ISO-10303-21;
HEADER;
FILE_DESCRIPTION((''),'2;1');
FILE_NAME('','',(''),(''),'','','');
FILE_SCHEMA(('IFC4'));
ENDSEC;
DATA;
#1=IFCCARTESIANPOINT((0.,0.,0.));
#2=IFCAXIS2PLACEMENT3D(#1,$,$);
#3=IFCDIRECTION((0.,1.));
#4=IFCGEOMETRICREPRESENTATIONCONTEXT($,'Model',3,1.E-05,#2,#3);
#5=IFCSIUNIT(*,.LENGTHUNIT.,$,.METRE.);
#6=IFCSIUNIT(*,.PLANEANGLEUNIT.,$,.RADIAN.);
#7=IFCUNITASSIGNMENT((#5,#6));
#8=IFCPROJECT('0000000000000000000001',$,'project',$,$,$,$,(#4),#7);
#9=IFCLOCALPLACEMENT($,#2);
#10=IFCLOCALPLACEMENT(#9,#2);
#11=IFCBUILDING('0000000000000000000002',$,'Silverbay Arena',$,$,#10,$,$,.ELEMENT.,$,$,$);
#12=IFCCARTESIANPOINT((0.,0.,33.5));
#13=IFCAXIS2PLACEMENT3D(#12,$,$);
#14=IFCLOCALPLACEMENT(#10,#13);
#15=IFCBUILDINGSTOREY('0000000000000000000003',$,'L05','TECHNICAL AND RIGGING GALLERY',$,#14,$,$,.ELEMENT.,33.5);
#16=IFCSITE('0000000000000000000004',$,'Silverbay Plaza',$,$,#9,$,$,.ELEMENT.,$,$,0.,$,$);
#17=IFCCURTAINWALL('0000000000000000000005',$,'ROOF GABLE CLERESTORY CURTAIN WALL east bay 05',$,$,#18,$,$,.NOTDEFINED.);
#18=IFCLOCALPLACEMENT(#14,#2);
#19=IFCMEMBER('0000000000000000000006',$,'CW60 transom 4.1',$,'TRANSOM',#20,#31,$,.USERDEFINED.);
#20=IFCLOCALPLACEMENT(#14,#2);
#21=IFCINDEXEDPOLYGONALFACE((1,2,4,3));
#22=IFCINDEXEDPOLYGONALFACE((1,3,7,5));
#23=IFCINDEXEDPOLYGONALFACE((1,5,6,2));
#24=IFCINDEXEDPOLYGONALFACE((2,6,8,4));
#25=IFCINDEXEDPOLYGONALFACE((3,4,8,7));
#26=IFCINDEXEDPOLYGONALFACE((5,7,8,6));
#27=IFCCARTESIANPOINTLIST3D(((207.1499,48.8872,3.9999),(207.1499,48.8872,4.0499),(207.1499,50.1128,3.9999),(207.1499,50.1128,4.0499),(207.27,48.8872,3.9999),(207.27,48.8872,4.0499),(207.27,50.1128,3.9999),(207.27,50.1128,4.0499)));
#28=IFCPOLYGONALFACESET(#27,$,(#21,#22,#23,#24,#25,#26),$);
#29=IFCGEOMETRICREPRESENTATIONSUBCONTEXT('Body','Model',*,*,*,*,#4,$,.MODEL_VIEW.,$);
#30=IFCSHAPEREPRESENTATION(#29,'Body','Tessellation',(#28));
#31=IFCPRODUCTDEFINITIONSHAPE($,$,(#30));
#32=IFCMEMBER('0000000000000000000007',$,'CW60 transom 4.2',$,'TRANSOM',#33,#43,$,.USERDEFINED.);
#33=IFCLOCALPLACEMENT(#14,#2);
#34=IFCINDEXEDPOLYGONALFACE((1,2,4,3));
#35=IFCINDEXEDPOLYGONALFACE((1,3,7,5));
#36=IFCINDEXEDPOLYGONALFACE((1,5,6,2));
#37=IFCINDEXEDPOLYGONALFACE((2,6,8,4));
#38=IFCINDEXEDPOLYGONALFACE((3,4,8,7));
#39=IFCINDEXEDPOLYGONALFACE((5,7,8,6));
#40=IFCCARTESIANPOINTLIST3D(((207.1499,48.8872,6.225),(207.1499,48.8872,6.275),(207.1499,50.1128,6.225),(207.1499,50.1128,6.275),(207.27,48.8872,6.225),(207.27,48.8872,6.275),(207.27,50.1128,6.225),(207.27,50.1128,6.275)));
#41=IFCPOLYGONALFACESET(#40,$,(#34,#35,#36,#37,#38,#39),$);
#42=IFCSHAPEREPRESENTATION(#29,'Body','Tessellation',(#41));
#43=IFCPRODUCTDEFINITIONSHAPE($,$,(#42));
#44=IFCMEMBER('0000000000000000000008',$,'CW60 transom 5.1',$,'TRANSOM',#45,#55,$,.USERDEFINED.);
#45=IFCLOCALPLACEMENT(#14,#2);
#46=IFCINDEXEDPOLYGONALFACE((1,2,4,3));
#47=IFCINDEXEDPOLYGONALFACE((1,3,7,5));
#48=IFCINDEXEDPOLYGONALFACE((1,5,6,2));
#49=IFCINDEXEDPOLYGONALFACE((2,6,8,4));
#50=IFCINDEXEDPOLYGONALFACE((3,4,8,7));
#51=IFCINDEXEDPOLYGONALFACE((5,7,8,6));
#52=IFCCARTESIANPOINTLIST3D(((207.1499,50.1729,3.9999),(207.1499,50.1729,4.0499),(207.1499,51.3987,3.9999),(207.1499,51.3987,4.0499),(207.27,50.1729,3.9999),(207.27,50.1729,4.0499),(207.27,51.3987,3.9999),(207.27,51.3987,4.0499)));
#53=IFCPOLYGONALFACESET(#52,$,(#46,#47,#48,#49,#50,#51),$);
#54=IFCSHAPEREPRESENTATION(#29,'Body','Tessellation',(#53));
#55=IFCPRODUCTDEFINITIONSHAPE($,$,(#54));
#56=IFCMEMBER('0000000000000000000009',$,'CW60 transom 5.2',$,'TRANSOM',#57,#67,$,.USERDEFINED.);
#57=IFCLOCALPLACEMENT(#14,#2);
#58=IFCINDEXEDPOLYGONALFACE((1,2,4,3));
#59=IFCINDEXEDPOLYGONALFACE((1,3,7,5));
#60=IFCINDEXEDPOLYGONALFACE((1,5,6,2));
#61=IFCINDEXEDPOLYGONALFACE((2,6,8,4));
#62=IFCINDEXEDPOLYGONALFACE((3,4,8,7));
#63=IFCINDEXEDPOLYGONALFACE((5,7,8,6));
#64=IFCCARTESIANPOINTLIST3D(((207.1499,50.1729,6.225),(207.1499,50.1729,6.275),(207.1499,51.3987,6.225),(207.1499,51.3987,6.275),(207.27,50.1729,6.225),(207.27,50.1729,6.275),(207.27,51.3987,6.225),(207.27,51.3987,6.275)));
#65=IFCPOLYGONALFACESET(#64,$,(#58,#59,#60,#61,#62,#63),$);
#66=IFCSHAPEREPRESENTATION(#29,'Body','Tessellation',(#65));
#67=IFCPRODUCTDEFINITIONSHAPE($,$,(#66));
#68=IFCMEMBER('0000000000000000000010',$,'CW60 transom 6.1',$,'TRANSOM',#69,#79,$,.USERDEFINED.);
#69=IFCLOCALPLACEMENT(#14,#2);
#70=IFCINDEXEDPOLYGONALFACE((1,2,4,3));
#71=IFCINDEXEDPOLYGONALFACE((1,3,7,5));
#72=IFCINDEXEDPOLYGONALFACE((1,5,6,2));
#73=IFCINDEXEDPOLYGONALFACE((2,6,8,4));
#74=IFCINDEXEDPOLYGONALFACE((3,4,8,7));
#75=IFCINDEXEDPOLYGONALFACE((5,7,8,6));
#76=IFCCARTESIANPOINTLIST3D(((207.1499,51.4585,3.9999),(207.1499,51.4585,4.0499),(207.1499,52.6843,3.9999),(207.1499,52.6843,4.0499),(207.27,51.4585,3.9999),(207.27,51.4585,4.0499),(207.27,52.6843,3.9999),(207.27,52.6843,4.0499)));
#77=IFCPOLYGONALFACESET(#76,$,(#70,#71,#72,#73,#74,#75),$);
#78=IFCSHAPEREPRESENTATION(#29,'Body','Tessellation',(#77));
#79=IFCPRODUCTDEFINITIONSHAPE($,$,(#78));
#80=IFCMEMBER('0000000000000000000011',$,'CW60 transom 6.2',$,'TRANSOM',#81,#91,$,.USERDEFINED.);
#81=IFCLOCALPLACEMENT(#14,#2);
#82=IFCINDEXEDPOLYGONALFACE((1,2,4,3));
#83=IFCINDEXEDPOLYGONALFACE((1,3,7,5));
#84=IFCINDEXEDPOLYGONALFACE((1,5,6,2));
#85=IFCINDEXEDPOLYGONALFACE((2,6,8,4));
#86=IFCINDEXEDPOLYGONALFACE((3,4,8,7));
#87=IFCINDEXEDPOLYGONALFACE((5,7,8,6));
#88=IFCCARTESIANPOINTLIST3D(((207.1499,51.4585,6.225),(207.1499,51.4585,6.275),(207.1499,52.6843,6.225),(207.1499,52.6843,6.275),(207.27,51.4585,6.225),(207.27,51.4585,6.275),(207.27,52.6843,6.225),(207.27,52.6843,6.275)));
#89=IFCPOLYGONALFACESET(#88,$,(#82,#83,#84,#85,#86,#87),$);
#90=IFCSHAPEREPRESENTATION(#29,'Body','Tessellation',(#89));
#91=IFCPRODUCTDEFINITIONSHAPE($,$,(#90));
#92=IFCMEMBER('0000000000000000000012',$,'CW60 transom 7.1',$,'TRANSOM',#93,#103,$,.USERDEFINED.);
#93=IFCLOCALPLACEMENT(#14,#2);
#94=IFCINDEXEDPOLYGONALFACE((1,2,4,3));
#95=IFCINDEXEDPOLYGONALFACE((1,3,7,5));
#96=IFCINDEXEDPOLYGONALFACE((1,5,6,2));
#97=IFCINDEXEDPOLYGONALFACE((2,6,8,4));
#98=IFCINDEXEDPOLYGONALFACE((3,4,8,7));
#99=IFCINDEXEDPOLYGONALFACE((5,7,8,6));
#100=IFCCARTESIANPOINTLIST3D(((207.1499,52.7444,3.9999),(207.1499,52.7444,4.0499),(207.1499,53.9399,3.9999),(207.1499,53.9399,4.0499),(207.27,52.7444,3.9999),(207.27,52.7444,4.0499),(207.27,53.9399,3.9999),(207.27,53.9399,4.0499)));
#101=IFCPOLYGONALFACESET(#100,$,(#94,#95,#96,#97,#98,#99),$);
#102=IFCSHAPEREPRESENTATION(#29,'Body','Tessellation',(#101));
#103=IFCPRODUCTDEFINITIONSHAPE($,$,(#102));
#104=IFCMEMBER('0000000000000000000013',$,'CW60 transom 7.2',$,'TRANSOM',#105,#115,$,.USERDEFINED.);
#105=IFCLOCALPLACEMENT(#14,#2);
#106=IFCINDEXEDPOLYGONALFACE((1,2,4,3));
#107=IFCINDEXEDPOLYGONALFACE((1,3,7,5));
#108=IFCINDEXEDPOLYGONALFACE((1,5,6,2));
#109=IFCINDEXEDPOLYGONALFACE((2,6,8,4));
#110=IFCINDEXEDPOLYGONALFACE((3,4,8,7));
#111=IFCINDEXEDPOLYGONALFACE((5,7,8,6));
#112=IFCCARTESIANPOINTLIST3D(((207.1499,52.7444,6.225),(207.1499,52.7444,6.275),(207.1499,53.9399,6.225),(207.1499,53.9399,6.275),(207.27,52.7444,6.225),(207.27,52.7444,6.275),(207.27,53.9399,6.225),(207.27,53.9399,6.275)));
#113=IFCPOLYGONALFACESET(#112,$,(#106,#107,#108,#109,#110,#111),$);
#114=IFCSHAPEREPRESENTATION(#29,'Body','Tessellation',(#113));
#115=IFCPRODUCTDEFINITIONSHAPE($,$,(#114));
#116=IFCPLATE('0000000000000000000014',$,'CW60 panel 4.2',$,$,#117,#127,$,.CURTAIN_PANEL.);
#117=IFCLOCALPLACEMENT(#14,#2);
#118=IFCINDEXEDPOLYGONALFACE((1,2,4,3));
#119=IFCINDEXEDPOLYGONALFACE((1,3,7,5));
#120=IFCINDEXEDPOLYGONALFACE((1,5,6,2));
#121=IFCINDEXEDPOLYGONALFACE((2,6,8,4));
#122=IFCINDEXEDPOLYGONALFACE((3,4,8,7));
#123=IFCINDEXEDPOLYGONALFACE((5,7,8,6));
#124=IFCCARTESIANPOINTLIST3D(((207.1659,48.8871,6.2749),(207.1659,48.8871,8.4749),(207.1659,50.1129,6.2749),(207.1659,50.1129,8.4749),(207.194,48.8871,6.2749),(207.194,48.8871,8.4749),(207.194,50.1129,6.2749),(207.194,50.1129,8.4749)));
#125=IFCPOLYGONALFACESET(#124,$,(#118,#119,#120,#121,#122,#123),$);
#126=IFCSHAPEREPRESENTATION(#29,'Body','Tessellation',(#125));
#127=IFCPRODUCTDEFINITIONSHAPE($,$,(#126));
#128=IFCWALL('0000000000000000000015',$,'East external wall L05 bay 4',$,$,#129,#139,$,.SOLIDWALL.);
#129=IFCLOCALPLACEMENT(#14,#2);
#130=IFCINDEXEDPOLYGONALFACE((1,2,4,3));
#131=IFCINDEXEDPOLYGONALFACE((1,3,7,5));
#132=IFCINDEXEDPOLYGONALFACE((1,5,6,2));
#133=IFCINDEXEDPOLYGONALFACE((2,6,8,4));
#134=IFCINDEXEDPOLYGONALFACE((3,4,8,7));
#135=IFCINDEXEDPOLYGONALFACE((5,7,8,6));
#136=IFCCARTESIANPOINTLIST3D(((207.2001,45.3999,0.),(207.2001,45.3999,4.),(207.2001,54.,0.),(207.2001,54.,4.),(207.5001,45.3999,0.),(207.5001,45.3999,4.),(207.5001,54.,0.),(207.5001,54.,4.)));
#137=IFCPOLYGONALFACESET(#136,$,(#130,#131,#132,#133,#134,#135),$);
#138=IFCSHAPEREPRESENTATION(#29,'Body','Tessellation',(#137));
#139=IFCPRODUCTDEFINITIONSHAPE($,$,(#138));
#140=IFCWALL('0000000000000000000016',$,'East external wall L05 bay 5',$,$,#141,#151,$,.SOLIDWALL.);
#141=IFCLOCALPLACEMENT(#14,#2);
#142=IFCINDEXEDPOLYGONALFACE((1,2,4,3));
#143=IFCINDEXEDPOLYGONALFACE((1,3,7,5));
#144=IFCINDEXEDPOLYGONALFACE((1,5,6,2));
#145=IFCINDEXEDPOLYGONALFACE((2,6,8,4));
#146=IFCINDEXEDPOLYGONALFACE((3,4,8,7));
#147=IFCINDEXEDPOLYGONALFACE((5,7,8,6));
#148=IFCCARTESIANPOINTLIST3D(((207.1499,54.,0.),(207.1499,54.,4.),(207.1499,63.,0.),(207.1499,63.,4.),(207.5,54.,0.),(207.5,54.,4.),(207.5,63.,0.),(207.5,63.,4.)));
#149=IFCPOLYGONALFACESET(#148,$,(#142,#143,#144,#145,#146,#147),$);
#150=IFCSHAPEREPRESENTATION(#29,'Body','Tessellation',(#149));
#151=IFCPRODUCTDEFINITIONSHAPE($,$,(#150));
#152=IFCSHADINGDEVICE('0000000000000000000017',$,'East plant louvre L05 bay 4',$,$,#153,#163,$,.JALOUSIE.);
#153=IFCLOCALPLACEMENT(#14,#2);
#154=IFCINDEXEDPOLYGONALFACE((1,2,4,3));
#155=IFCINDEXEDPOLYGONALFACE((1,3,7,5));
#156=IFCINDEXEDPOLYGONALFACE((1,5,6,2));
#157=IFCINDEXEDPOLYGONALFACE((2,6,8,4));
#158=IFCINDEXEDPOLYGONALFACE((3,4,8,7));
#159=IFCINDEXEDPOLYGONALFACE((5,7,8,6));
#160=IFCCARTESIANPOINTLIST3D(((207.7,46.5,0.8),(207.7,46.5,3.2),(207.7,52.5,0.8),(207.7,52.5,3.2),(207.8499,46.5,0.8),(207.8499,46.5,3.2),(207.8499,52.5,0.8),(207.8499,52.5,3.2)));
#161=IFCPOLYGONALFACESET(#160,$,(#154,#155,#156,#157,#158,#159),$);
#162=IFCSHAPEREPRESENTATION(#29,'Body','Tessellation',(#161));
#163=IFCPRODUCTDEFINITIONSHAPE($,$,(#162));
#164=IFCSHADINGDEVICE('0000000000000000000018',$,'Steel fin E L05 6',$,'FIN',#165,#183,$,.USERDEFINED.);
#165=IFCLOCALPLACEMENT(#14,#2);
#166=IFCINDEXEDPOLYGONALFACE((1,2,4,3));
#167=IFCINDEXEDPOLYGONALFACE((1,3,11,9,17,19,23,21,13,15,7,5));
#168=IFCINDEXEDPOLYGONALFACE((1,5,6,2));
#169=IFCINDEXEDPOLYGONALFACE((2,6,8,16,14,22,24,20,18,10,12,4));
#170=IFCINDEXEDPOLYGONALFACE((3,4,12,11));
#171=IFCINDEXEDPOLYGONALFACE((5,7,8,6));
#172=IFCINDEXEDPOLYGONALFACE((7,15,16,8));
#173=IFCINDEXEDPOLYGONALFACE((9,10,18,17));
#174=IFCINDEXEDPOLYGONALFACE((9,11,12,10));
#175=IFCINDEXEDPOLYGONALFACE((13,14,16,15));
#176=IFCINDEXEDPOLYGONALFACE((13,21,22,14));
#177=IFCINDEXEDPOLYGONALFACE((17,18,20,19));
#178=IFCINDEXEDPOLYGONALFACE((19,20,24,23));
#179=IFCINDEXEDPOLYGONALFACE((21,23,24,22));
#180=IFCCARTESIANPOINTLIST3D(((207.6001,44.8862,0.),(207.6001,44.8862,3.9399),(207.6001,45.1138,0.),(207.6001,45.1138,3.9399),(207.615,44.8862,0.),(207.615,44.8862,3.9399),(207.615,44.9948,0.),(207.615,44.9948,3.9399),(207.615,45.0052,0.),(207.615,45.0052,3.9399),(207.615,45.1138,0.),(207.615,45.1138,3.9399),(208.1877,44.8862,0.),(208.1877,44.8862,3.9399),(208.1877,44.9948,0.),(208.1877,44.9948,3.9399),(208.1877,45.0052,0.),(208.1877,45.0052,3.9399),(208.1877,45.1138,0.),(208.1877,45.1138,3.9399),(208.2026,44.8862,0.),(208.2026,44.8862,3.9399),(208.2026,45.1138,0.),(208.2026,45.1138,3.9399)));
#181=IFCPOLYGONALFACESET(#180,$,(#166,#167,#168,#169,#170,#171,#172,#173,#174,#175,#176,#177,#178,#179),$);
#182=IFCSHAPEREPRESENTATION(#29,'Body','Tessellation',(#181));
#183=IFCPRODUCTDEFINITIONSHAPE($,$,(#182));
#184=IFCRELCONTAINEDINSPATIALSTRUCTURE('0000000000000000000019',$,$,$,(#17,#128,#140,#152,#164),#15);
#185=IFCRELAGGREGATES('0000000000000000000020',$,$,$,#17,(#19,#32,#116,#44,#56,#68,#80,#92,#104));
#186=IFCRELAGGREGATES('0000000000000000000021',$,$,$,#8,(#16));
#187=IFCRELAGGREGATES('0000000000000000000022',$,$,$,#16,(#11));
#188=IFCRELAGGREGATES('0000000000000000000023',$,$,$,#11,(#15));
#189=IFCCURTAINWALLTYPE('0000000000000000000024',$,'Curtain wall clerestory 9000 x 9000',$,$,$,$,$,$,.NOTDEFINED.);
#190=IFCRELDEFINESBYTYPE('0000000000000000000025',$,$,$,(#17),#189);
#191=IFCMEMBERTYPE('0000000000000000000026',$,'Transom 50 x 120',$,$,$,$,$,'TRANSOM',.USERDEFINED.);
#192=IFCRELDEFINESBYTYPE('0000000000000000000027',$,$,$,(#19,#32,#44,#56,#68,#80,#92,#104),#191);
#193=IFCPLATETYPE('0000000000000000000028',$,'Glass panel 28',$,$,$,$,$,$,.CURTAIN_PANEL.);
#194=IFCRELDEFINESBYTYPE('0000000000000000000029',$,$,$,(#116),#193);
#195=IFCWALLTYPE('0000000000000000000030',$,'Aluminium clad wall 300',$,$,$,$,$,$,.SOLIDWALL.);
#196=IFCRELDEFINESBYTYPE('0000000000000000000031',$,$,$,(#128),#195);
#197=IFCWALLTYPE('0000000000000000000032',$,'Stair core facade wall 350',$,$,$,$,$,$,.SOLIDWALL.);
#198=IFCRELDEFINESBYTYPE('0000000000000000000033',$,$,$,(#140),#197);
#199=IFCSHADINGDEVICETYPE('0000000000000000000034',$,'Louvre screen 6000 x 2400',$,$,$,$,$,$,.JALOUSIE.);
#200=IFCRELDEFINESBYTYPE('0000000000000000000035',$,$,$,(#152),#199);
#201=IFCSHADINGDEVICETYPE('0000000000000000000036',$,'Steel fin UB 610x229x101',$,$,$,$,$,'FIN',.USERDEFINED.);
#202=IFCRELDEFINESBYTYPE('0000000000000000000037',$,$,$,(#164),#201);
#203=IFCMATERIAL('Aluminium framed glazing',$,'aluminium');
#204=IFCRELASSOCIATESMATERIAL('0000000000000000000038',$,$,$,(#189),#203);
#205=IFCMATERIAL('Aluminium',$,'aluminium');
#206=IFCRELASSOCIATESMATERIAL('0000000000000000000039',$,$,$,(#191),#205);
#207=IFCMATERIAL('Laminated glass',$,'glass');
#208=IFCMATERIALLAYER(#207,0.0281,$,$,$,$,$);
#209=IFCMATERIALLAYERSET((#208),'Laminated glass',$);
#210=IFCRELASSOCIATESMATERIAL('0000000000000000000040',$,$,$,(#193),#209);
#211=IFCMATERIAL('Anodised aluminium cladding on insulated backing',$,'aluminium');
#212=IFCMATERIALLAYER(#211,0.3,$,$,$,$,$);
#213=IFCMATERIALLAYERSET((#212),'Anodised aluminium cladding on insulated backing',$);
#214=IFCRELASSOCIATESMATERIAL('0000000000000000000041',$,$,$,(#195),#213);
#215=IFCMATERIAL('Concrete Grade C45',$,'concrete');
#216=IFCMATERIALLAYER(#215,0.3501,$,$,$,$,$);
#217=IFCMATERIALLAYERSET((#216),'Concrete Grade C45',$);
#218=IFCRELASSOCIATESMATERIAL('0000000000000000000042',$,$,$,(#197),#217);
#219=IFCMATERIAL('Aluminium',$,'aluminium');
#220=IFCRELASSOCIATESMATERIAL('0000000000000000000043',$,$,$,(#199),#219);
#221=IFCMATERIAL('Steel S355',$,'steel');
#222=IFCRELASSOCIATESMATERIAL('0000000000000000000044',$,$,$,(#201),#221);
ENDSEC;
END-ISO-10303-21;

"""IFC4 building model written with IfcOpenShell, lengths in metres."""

from ifc_helpers import new_model, si_unit, direction, frame, frame_2d, origin, origin_2d, place, context, subcontext, project, spatial, rectangle, i_section, extrude, material, layer, layer_set, material_profile, profile_set, type_object, element, aggregate, save


model = new_model("IFC4")

# Units and contexts
model_context = context("Model", 3, precision=1e-05, world=origin(), true_north=direction((0.0, 1.0)))
body_context = subcontext(model_context, "Body", "Model", "MODEL_VIEW")
ifc_project = project(units=[si_unit("LENGTHUNIT", "METRE"), si_unit("PLANEANGLEUNIT", "RADIAN")], contexts=[model_context])

# Site, building, storey
site_placement = place(None, origin())
site = spatial("IfcSite", under=ifc_project, at=site_placement, Name="Silverbay Plaza", CompositionType="ELEMENT", RefElevation=0.0)
building_placement = place(site_placement, origin())
building = spatial("IfcBuilding", under=site, at=building_placement, Name="Silverbay Arena", CompositionType="ELEMENT")
storey_placement = place(building_placement, frame((0.0, 0.0, 33.5)))
storey = spatial("IfcBuildingStorey", under=building, at=storey_placement, Name="L05", Description="TECHNICAL AND RIGGING GALLERY", CompositionType="ELEMENT", Elevation=33.5)

# Curtain wall
ifc_material_1 = material(Name="Aluminium framed glazing", Category="aluminium")
curtain_wall_type = type_object("IfcCurtainWallType", Name="Curtain wall clerestory 9000 x 9000", PredefinedType="NOTDEFINED", material=ifc_material_1)
curtain_wall_1_placement = place(storey_placement, origin())
curtain_wall_1 = element("IfcCurtainWall", 1, at=curtain_wall_1_placement, inside=storey, type_object=curtain_wall_type, Name="ROOF GABLE CLERESTORY CURTAIN WALL east bay 05", PredefinedType="NOTDEFINED")

# Members
ifc_material_2 = material(Name="Aluminium", Category="aluminium")
ifc_material_profile_1 = material_profile(ifc_material_2, rectangle(XDim=0.1201, YDim=0.05, at=origin_2d()), Name="Transom 50 x 120")
ifc_profile_set_1 = profile_set([ifc_material_profile_1], Name="Aluminium")
member_type_1 = type_object("IfcMemberType", Name="Transom 50 x 120", ElementType="TRANSOM", PredefinedType="USERDEFINED", material=ifc_profile_set_1)
member_1_placement = place(storey_placement, frame((207.21, 48.8872, 4.0249), z_axis=(0.0, 1.0, 0.0), x_axis=(-1.0, 0.0, 0.0)))
member_1 = element("IfcMember", 2, at=member_1_placement, type_object=member_type_1, Name="CW60 transom 4.1", ObjectType="TRANSOM", PredefinedType="USERDEFINED", context=body_context, shape_type="SweptSolid", body=[
    extrude(rectangle(XDim=0.1201, YDim=0.05, at=origin_2d()), origin(), (0.0, 0.0, 1.0), 1.2256),
])
member_2_placement = place(storey_placement, frame((207.21, 48.8872, 6.25), z_axis=(0.0, 1.0, 0.0), x_axis=(-1.0, 0.0, 0.0)))
member_2 = element("IfcMember", 3, at=member_2_placement, type_object=member_type_1, Name="CW60 transom 4.2", ObjectType="TRANSOM", PredefinedType="USERDEFINED", context=body_context, shape_type="SweptSolid", body=[
    extrude(rectangle(XDim=0.1201, YDim=0.05, at=origin_2d()), origin(), (0.0, 0.0, 1.0), 1.2256),
])
member_3_placement = place(storey_placement, frame((207.21, 50.1729, 4.0249), z_axis=(0.0, 1.0, 0.0), x_axis=(-1.0, 0.0, 0.0)))
member_3 = element("IfcMember", 4, at=member_3_placement, type_object=member_type_1, Name="CW60 transom 5.1", ObjectType="TRANSOM", PredefinedType="USERDEFINED", context=body_context, shape_type="SweptSolid", body=[
    extrude(rectangle(XDim=0.1201, YDim=0.05, at=origin_2d()), origin(), (0.0, 0.0, 1.0), 1.2258),
])
member_4_placement = place(storey_placement, frame((207.21, 50.1729, 6.25), z_axis=(0.0, 1.0, 0.0), x_axis=(-1.0, 0.0, 0.0)))
member_4 = element("IfcMember", 5, at=member_4_placement, type_object=member_type_1, Name="CW60 transom 5.2", ObjectType="TRANSOM", PredefinedType="USERDEFINED", context=body_context, shape_type="SweptSolid", body=[
    extrude(rectangle(XDim=0.1201, YDim=0.05, at=origin_2d()), origin(), (0.0, 0.0, 1.0), 1.2258),
])
member_5_placement = place(storey_placement, frame((207.21, 51.4585, 4.0249), z_axis=(0.0, 1.0, 0.0), x_axis=(-1.0, 0.0, 0.0)))
member_5 = element("IfcMember", 6, at=member_5_placement, type_object=member_type_1, Name="CW60 transom 6.1", ObjectType="TRANSOM", PredefinedType="USERDEFINED", context=body_context, shape_type="SweptSolid", body=[
    extrude(rectangle(XDim=0.1201, YDim=0.05, at=origin_2d()), origin(), (0.0, 0.0, 1.0), 1.2258),
])
member_6_placement = place(storey_placement, frame((207.21, 51.4585, 6.25), z_axis=(0.0, 1.0, 0.0), x_axis=(-1.0, 0.0, 0.0)))
member_6 = element("IfcMember", 7, at=member_6_placement, type_object=member_type_1, Name="CW60 transom 6.2", ObjectType="TRANSOM", PredefinedType="USERDEFINED", context=body_context, shape_type="SweptSolid", body=[
    extrude(rectangle(XDim=0.1201, YDim=0.05, at=origin_2d()), origin(), (0.0, 0.0, 1.0), 1.2258),
])
member_7_placement = place(storey_placement, frame((207.21, 52.7444, 4.0249), z_axis=(0.0, 1.0, 0.0), x_axis=(-1.0, 0.0, 0.0)))
member_7 = element("IfcMember", 8, at=member_7_placement, type_object=member_type_1, Name="CW60 transom 7.1", ObjectType="TRANSOM", PredefinedType="USERDEFINED", context=body_context, shape_type="SweptSolid", body=[
    extrude(rectangle(XDim=0.1201, YDim=0.05, at=origin_2d()), origin(), (0.0, 0.0, 1.0), 1.1956),
])
member_8_placement = place(storey_placement, frame((207.21, 52.7444, 6.25), z_axis=(0.0, 1.0, 0.0), x_axis=(-1.0, 0.0, 0.0)))
member_8 = element("IfcMember", 9, at=member_8_placement, type_object=member_type_1, Name="CW60 transom 7.2", ObjectType="TRANSOM", PredefinedType="USERDEFINED", context=body_context, shape_type="SweptSolid", body=[
    extrude(rectangle(XDim=0.1201, YDim=0.05, at=origin_2d()), origin(), (0.0, 0.0, 1.0), 1.1956),
])

# Plate
ifc_material_3 = material(Name="Laminated glass", Category="glass")
ifc_layer_1 = layer(ifc_material_3, 0.0281)
ifc_layer_set_1 = layer_set([ifc_layer_1], Name="Laminated glass")
plate_type = type_object("IfcPlateType", Name="Glass panel 28", PredefinedType="CURTAIN_PANEL", material=ifc_layer_set_1)
plate_placement = place(storey_placement, frame((207.1799, 49.5, 6.2749), z_axis=(0.0, 0.0, 1.0), x_axis=(0.0, 1.0, 0.0)))
plate = element("IfcPlate", 10, at=plate_placement, type_object=plate_type, Name="CW60 panel 4.2", PredefinedType="CURTAIN_PANEL", context=body_context, shape_type="SweptSolid", body=[
    extrude(rectangle(XDim=1.2258, YDim=0.0281, at=origin_2d()), origin(), (0.0, 0.0, 1.0), 2.2),
])
aggregate(curtain_wall_1, [member_1, member_2, plate, member_3, member_4, member_5, member_6, member_7, member_8])

# Walls
ifc_material_4 = material(Name="Anodised aluminium cladding on insulated backing", Category="aluminium")
ifc_layer_2 = layer(ifc_material_4, 0.3)
ifc_layer_set_2 = layer_set([ifc_layer_2], Name="Anodised aluminium cladding on insulated backing")
wall_type_1 = type_object("IfcWallType", Name="Aluminium clad wall 300", PredefinedType="SOLIDWALL", material=ifc_layer_set_2)
wall_1_placement = place(storey_placement, frame((207.3501, 45.3999, 0.0), z_axis=(0.0, 0.0, 1.0), x_axis=(0.0, 1.0, 0.0)))
element("IfcWall", 11, at=wall_1_placement, inside=storey, type_object=wall_type_1, Name="East external wall L05 bay 4", PredefinedType="SOLIDWALL", context=body_context, shape_type="SweptSolid", body=[
    extrude(rectangle(XDim=8.6001, YDim=0.3, at=frame_2d((4.3, 0.0))), origin(), (0.0, 0.0, 1.0), 4.0),
])
ifc_material_5 = material(Name="Concrete Grade C45", Category="concrete")
ifc_layer_3 = layer(ifc_material_5, 0.3501)
ifc_layer_set_3 = layer_set([ifc_layer_3], Name="Concrete Grade C45")
wall_type_2 = type_object("IfcWallType", Name="Stair core facade wall 350", PredefinedType="SOLIDWALL", material=ifc_layer_set_3)
wall_2_placement = place(storey_placement, frame((207.325, 54.0, 0.0), z_axis=(0.0, 0.0, 1.0), x_axis=(0.0, 1.0, 0.0)))
element("IfcWall", 12, at=wall_2_placement, inside=storey, type_object=wall_type_2, Name="East external wall L05 bay 5", PredefinedType="SOLIDWALL", context=body_context, shape_type="SweptSolid", body=[
    extrude(rectangle(XDim=9.0, YDim=0.3501, at=frame_2d((4.5, 0.0))), origin(), (0.0, 0.0, 1.0), 4.0),
])

# Shading devices
ifc_material_6 = material(Name="Aluminium", Category="aluminium")
shading_device_type_1 = type_object("IfcShadingDeviceType", Name="Louvre screen 6000 x 2400", PredefinedType="JALOUSIE", material=ifc_material_6)
shading_device_placement = place(storey_placement, frame((207.7749, 49.5, 0.8), z_axis=(0.0, 0.0, 1.0), x_axis=(0.0, 1.0, 0.0)))
element("IfcShadingDevice", 13, at=shading_device_placement, inside=storey, type_object=shading_device_type_1, Name="East plant louvre L05 bay 4", PredefinedType="JALOUSIE", context=body_context, shape_type="SweptSolid", body=[
    extrude(rectangle(XDim=6.0, YDim=0.1499, at=origin_2d()), origin(), (0.0, 0.0, 1.0), 2.3999),
])
ifc_material_7 = material(Name="Steel S355", Category="steel")
ifc_material_profile_2 = material_profile(ifc_material_7, i_section(OverallWidth=0.2275, OverallDepth=0.6025, WebThickness=0.0105, FlangeThickness=0.0149, at=origin_2d()), Name="UB 610x229x101")
ifc_profile_set_2 = profile_set([ifc_material_profile_2], Name="Steel S355")
shading_device_type_2 = type_object("IfcShadingDeviceType", Name="Steel fin UB 610x229x101", ElementType="FIN", PredefinedType="USERDEFINED", material=ifc_profile_set_2)
for number, where, z_axis, x_axis, name in (
    (14, (207.9014, 45.0, 0.0), (0.0, 0.0, 1.0), (0.0, 1.0, 0.0), "Steel fin E L05 6"),
):
    element("IfcShadingDevice", number, at=place(storey_placement, frame(where, z_axis=z_axis, x_axis=x_axis)), inside=storey, type_object=shading_device_type_2, Name=name, ObjectType="FIN", PredefinedType="USERDEFINED", context=body_context, shape_type="SweptSolid", body=[
        extrude(i_section(OverallWidth=0.2275, OverallDepth=0.6025, WebThickness=0.0105, FlangeThickness=0.0149, at=origin_2d()), origin(), (0.0, 0.0, 1.0), 3.9399),
    ])

save(model, "model.ifc")
